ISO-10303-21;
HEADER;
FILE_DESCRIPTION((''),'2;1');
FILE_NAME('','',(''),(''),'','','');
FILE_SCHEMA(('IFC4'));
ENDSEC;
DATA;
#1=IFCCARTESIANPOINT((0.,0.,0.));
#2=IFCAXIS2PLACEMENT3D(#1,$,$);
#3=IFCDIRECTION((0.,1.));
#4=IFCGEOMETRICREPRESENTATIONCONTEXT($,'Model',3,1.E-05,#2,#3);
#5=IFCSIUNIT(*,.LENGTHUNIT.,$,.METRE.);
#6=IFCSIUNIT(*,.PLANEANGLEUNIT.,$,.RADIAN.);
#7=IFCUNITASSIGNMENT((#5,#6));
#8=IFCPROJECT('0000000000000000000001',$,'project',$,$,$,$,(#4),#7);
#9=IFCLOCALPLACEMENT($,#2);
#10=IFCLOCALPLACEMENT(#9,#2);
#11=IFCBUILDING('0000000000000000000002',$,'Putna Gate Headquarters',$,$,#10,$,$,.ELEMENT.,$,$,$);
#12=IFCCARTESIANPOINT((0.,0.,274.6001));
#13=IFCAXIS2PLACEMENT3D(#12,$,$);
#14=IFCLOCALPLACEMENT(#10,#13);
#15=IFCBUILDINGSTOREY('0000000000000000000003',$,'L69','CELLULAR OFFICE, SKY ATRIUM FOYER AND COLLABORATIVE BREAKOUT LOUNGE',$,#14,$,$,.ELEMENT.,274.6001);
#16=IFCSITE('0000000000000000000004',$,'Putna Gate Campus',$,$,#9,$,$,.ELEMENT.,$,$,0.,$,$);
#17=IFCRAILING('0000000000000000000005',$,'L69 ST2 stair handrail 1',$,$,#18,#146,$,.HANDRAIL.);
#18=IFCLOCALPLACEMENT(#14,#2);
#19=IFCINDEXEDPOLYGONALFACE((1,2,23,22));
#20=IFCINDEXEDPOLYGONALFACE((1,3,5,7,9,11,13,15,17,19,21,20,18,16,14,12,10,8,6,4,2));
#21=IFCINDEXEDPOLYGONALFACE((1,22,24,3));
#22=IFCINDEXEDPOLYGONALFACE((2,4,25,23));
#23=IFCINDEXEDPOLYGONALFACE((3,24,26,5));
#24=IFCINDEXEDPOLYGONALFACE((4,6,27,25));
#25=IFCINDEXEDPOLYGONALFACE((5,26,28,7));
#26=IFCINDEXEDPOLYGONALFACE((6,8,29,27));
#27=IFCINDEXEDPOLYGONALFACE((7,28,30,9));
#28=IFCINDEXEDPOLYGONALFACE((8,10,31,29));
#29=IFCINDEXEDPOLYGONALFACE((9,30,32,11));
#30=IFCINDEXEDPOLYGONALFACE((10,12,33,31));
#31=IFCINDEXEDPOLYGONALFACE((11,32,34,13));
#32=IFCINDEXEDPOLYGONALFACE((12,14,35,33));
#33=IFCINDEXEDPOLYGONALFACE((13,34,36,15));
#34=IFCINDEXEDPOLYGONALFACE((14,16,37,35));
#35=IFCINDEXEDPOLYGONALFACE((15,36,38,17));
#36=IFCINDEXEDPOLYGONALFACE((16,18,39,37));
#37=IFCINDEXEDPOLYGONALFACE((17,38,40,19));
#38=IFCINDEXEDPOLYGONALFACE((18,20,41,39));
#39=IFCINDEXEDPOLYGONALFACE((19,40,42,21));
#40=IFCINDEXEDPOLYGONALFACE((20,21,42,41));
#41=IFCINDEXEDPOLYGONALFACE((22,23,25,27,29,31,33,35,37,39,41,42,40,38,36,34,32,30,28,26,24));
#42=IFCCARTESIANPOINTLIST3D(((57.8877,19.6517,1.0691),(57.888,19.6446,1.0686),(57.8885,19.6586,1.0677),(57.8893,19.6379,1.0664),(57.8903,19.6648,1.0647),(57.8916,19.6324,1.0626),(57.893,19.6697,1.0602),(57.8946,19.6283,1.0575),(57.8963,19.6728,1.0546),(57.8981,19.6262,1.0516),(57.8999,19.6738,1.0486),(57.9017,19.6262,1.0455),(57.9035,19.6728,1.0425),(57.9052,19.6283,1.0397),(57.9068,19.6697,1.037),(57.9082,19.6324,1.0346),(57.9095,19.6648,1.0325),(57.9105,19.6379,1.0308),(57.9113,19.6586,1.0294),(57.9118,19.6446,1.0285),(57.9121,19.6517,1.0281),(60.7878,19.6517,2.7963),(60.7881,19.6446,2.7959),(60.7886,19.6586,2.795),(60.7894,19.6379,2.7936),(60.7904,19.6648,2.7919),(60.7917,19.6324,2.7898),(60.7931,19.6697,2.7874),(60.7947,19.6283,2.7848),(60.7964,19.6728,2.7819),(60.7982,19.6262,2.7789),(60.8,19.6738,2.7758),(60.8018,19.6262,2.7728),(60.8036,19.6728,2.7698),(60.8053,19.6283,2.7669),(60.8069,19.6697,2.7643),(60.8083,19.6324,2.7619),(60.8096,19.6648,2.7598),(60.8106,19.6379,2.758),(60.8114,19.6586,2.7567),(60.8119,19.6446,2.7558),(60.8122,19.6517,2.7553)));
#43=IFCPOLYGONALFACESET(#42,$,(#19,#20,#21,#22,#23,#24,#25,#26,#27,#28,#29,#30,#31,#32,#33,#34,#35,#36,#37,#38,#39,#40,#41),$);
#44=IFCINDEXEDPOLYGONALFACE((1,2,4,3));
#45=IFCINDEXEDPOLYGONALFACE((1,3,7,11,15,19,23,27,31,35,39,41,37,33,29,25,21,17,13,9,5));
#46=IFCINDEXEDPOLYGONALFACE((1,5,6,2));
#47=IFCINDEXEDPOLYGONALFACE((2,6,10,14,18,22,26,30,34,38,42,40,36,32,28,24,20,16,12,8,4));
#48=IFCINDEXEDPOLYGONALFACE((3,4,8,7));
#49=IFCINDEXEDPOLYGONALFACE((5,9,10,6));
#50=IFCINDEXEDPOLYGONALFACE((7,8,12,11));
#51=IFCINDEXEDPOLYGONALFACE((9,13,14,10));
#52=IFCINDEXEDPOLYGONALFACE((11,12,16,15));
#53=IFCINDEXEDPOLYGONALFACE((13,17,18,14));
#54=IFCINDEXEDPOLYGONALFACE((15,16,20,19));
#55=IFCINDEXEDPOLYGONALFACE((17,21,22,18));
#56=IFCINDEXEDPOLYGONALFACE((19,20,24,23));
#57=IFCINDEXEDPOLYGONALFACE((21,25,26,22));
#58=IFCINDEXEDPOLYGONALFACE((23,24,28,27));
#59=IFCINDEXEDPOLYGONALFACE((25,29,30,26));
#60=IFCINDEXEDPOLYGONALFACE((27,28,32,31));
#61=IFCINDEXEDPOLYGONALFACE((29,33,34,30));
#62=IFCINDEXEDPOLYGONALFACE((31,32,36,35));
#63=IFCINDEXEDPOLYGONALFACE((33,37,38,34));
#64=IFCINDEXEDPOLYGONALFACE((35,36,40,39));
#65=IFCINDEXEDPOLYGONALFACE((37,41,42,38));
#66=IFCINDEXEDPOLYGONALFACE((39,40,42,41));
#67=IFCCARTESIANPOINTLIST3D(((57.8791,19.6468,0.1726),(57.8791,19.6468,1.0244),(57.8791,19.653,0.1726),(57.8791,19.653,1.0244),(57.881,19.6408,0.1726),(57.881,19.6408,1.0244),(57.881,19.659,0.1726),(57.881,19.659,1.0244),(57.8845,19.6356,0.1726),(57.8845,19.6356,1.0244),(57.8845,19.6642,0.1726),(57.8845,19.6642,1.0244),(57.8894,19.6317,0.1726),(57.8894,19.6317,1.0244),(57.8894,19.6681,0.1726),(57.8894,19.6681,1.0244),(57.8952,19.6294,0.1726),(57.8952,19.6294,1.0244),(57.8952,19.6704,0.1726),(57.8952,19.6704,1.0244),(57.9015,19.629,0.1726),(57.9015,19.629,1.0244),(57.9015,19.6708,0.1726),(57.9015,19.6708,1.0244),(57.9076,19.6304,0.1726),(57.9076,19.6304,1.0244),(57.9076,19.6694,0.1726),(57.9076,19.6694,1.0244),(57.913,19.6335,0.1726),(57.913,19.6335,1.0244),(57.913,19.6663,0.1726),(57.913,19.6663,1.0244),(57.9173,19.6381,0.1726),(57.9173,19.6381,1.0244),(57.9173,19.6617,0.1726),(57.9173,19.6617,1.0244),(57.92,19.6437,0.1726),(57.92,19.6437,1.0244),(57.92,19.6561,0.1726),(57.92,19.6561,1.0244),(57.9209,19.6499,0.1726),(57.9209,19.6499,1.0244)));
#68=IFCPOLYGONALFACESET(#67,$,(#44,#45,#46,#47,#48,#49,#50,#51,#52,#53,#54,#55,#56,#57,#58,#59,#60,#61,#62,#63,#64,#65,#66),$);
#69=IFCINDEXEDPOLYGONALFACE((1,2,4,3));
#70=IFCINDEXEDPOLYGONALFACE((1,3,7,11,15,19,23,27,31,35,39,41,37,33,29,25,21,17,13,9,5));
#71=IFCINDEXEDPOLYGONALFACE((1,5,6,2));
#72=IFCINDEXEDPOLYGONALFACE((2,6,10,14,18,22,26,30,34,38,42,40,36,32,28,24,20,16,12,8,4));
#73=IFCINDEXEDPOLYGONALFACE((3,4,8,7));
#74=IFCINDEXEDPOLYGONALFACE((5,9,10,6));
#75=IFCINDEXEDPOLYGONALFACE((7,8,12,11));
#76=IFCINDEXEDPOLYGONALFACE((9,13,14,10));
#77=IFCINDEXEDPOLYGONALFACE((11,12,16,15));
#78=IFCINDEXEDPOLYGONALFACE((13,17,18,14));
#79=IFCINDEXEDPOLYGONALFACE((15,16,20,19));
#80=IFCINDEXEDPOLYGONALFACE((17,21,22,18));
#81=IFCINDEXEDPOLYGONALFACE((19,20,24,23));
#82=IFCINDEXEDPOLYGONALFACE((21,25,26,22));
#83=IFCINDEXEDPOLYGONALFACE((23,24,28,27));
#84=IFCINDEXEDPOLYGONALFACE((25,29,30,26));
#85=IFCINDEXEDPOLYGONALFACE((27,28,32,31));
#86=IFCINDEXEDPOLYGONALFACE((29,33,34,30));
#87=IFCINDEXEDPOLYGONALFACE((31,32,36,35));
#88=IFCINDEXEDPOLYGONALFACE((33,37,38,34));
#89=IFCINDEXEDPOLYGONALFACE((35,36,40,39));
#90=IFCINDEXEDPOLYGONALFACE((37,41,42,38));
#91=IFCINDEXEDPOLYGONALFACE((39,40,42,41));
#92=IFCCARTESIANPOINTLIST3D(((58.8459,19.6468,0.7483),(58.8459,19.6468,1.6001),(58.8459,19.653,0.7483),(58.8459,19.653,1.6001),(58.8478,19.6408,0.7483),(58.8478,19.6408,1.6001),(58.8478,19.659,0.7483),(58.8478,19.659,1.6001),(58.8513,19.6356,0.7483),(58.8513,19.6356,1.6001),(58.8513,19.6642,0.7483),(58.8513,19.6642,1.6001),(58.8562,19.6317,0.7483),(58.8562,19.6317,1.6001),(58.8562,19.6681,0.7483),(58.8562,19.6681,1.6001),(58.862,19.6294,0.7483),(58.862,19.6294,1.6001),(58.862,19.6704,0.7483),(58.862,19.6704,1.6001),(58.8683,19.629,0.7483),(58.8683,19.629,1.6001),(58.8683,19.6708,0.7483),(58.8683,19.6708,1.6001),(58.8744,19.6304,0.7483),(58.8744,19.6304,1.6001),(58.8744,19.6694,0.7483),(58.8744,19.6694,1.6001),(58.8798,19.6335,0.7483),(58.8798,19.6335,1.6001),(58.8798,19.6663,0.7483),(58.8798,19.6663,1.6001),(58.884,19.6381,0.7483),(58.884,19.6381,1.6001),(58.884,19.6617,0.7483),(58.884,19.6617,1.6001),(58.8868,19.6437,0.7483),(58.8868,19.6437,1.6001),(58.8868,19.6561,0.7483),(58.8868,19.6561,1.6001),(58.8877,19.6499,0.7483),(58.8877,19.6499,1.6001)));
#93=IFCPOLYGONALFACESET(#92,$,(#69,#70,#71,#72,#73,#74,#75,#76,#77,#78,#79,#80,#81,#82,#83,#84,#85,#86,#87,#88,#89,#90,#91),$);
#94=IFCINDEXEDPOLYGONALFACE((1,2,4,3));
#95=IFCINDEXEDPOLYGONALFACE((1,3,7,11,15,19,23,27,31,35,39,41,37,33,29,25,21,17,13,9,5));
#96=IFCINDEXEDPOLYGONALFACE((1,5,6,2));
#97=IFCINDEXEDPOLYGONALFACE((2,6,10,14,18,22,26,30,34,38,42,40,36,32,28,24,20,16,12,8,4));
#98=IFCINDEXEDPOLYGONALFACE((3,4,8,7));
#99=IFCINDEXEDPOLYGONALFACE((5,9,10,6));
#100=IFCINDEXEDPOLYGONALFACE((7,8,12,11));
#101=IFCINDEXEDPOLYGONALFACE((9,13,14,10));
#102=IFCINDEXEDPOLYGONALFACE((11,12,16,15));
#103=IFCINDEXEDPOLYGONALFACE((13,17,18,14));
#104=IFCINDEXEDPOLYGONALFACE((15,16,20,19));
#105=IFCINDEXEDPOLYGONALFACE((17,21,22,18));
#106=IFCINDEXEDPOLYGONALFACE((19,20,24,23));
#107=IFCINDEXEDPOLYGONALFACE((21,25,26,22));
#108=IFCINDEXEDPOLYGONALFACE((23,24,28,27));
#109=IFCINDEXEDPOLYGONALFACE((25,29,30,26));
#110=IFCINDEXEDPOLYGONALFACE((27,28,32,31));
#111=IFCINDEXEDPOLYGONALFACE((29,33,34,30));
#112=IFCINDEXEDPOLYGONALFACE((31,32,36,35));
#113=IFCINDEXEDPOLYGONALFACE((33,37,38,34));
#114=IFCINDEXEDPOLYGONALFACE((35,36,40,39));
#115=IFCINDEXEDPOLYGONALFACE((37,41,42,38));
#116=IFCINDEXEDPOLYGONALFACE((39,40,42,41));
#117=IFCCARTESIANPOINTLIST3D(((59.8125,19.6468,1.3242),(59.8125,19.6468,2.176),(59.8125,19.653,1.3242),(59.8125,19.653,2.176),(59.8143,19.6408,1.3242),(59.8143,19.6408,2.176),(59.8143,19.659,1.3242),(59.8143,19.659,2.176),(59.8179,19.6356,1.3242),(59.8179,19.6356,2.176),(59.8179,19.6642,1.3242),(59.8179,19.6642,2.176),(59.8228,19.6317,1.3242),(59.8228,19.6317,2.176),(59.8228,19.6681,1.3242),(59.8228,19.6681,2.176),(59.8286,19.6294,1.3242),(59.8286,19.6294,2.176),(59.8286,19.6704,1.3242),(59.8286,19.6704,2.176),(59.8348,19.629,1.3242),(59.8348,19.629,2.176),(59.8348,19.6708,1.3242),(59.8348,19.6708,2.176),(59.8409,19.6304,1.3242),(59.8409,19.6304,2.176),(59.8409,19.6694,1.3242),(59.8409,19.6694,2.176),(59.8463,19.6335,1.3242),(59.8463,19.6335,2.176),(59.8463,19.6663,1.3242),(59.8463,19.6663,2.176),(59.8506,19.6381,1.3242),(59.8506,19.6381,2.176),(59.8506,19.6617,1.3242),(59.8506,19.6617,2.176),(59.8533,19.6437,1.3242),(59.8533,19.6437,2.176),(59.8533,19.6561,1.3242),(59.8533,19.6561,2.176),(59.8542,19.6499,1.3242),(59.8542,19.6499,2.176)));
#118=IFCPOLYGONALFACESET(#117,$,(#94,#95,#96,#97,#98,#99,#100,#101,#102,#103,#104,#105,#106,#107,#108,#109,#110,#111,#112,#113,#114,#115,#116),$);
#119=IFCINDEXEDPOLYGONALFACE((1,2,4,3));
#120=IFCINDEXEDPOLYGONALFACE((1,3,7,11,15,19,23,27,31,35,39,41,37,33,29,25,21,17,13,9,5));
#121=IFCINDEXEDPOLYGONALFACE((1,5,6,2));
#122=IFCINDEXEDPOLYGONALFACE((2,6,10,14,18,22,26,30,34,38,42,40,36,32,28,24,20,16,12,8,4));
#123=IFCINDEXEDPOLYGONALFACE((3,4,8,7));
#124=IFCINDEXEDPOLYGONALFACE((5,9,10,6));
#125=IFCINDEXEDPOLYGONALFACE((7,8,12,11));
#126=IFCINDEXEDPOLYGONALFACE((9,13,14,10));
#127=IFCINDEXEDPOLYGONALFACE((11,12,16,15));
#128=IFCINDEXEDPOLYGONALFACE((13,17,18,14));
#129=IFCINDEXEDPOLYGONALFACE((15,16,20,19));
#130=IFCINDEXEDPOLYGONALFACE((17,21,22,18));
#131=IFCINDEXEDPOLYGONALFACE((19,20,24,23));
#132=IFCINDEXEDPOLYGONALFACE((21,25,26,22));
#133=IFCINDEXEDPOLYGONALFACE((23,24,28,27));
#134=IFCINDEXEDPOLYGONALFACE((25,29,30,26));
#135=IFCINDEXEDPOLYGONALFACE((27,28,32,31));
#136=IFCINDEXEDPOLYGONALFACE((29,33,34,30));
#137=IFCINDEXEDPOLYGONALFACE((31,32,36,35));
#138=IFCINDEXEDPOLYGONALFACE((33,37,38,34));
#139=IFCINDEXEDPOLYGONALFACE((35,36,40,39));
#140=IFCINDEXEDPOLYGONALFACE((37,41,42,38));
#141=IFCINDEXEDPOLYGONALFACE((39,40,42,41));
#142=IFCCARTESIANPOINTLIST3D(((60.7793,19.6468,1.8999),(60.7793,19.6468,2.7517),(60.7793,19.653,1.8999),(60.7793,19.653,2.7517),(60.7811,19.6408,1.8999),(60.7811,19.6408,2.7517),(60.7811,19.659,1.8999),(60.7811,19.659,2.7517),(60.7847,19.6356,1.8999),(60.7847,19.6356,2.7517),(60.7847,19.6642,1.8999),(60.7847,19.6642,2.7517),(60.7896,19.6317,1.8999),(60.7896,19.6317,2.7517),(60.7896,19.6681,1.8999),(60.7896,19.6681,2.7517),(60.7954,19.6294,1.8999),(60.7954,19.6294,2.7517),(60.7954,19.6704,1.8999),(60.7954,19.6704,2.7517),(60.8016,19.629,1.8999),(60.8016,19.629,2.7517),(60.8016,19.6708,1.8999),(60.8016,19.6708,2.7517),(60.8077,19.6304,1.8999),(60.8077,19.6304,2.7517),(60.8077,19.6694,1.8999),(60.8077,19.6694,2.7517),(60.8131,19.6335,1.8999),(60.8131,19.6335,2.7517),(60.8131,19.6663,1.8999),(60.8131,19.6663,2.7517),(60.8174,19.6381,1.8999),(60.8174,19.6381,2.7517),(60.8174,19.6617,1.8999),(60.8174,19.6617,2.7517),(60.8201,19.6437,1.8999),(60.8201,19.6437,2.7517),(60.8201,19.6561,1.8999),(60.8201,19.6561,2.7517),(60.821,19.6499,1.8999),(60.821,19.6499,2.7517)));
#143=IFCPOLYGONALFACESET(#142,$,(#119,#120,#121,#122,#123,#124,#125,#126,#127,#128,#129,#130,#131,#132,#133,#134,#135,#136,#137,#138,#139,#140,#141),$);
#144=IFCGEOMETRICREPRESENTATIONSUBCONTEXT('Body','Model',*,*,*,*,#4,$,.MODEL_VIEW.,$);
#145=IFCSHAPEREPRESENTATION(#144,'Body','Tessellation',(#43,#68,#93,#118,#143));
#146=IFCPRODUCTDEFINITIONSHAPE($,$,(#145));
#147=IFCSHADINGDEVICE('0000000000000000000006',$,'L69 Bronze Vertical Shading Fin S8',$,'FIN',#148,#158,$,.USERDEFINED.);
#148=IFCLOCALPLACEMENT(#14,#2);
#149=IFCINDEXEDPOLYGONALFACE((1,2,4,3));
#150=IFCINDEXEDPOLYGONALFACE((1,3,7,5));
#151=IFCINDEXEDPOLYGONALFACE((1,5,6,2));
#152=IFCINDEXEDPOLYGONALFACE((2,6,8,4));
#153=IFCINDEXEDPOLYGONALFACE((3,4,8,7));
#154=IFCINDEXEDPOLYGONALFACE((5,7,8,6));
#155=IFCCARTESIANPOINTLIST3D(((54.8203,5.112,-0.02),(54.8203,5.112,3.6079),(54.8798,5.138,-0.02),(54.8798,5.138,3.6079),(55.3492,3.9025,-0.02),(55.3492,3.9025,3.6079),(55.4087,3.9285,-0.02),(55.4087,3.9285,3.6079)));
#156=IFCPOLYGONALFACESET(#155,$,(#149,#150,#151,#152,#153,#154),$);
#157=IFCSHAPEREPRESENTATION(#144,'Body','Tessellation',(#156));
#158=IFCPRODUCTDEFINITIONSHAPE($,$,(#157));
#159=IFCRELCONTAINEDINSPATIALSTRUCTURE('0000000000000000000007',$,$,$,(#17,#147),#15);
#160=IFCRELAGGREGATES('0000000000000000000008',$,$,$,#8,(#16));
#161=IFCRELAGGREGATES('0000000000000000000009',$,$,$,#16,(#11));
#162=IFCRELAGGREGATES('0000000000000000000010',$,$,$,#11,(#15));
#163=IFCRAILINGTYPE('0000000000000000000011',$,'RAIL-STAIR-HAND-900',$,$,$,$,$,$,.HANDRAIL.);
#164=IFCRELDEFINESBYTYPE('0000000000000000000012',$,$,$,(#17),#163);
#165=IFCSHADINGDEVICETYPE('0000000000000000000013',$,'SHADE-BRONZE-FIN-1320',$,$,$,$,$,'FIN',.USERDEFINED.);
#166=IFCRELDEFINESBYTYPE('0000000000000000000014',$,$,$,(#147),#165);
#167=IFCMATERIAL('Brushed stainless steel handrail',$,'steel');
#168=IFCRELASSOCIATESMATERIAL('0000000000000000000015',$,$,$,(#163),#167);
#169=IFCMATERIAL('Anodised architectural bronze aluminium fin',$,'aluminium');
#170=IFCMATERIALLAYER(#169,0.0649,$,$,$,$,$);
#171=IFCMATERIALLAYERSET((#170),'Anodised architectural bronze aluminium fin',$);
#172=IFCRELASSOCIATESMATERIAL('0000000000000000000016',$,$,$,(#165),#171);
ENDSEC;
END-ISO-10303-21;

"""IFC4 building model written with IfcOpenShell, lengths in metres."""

from ifc_helpers import new_model, si_unit, direction, frame, origin, origin_2d, place, context, subcontext, project, spatial, rectangle, circle, extrude, material, layer, layer_set, type_object, element, save


model = new_model("IFC4")

# Units and contexts
model_context = context("Model", 3, precision=1e-05, world=origin(), true_north=direction((0.0, 1.0)))
body_context = subcontext(model_context, "Body", "Model", "MODEL_VIEW")
ifc_project = project(units=[si_unit("LENGTHUNIT", "METRE"), si_unit("PLANEANGLEUNIT", "RADIAN")], contexts=[model_context])

# Site, building, storey
site_placement = place(None, origin())
site = spatial("IfcSite", under=ifc_project, at=site_placement, Name="Putna Gate Campus", CompositionType="ELEMENT", RefElevation=0.0)
building_placement = place(site_placement, origin())
building = spatial("IfcBuilding", under=site, at=building_placement, Name="Putna Gate Headquarters", CompositionType="ELEMENT")
storey_placement = place(building_placement, frame((0.0, 0.0, 274.6001)))
storey = spatial("IfcBuildingStorey", under=building, at=storey_placement, Name="L69", Description="CELLULAR OFFICE, SKY ATRIUM FOYER AND COLLABORATIVE BREAKOUT LOUNGE", CompositionType="ELEMENT", Elevation=274.6001)

# Railing
ifc_material_1 = material(Name="Brushed stainless steel handrail", Category="steel")
railing_type = type_object("IfcRailingType", Name="RAIL-STAIR-HAND-900", PredefinedType="HANDRAIL", material=ifc_material_1)
railing_placement = place(storey_placement, frame((57.8999, 19.6499, 0.1726)))
element("IfcRailing", 1, at=railing_placement, inside=storey, type_object=railing_type, Name="L69 ST2 stair handrail 1", PredefinedType="HANDRAIL", context=body_context, shape_type="SweptSolid", body=[
    extrude(circle(Radius=0.0239, at=origin_2d()), frame((0.0, 0.0, 0.876), z_axis=(0.85916, 0.0, 0.511706), x_axis=(0.0, 1.0, 0.0)), (0.0, 0.0, 1.0), 3.3755),
    extrude(circle(Radius=0.021, at=origin_2d()), origin(), (0.0, 0.0, 1.0), 0.8518),
    extrude(circle(Radius=0.021, at=origin_2d()), frame((0.9668, 0.0, 0.5757)), (0.0, 0.0, 1.0), 0.8518),
    extrude(circle(Radius=0.021, at=origin_2d()), frame((1.9333, 0.0, 1.1516)), (0.0, 0.0, 1.0), 0.8518),
    extrude(circle(Radius=0.021, at=origin_2d()), frame((2.9001, 0.0, 1.7273)), (0.0, 0.0, 1.0), 0.8518),
])

# Shading device
ifc_material_2 = material(Name="Anodised architectural bronze aluminium fin", Category="aluminium")
ifc_layer_1 = layer(ifc_material_2, 0.0649)
ifc_layer_set_1 = layer_set([ifc_layer_1], Name="Anodised architectural bronze aluminium fin")
shading_device_type = type_object("IfcShadingDeviceType", Name="SHADE-BRONZE-FIN-1320", ElementType="FIN", PredefinedType="USERDEFINED", material=ifc_layer_set_1)
shading_device_placement = place(storey_placement, frame((55.1145, 4.5203, -0.02), z_axis=(0.0, 0.0, 1.0), x_axis=(0.400669, -0.916223, 0.0)))
element("IfcShadingDevice", 2, at=shading_device_placement, inside=storey, type_object=shading_device_type, Name="L69 Bronze Vertical Shading Fin S8", ObjectType="FIN", PredefinedType="USERDEFINED", context=body_context, shape_type="SweptSolid", body=[
    extrude(rectangle(XDim=1.3201, YDim=0.0649, at=origin_2d()), origin(), (0.0, 0.0, 1.0), 3.6279),
])

save(model, "model.ifc")
